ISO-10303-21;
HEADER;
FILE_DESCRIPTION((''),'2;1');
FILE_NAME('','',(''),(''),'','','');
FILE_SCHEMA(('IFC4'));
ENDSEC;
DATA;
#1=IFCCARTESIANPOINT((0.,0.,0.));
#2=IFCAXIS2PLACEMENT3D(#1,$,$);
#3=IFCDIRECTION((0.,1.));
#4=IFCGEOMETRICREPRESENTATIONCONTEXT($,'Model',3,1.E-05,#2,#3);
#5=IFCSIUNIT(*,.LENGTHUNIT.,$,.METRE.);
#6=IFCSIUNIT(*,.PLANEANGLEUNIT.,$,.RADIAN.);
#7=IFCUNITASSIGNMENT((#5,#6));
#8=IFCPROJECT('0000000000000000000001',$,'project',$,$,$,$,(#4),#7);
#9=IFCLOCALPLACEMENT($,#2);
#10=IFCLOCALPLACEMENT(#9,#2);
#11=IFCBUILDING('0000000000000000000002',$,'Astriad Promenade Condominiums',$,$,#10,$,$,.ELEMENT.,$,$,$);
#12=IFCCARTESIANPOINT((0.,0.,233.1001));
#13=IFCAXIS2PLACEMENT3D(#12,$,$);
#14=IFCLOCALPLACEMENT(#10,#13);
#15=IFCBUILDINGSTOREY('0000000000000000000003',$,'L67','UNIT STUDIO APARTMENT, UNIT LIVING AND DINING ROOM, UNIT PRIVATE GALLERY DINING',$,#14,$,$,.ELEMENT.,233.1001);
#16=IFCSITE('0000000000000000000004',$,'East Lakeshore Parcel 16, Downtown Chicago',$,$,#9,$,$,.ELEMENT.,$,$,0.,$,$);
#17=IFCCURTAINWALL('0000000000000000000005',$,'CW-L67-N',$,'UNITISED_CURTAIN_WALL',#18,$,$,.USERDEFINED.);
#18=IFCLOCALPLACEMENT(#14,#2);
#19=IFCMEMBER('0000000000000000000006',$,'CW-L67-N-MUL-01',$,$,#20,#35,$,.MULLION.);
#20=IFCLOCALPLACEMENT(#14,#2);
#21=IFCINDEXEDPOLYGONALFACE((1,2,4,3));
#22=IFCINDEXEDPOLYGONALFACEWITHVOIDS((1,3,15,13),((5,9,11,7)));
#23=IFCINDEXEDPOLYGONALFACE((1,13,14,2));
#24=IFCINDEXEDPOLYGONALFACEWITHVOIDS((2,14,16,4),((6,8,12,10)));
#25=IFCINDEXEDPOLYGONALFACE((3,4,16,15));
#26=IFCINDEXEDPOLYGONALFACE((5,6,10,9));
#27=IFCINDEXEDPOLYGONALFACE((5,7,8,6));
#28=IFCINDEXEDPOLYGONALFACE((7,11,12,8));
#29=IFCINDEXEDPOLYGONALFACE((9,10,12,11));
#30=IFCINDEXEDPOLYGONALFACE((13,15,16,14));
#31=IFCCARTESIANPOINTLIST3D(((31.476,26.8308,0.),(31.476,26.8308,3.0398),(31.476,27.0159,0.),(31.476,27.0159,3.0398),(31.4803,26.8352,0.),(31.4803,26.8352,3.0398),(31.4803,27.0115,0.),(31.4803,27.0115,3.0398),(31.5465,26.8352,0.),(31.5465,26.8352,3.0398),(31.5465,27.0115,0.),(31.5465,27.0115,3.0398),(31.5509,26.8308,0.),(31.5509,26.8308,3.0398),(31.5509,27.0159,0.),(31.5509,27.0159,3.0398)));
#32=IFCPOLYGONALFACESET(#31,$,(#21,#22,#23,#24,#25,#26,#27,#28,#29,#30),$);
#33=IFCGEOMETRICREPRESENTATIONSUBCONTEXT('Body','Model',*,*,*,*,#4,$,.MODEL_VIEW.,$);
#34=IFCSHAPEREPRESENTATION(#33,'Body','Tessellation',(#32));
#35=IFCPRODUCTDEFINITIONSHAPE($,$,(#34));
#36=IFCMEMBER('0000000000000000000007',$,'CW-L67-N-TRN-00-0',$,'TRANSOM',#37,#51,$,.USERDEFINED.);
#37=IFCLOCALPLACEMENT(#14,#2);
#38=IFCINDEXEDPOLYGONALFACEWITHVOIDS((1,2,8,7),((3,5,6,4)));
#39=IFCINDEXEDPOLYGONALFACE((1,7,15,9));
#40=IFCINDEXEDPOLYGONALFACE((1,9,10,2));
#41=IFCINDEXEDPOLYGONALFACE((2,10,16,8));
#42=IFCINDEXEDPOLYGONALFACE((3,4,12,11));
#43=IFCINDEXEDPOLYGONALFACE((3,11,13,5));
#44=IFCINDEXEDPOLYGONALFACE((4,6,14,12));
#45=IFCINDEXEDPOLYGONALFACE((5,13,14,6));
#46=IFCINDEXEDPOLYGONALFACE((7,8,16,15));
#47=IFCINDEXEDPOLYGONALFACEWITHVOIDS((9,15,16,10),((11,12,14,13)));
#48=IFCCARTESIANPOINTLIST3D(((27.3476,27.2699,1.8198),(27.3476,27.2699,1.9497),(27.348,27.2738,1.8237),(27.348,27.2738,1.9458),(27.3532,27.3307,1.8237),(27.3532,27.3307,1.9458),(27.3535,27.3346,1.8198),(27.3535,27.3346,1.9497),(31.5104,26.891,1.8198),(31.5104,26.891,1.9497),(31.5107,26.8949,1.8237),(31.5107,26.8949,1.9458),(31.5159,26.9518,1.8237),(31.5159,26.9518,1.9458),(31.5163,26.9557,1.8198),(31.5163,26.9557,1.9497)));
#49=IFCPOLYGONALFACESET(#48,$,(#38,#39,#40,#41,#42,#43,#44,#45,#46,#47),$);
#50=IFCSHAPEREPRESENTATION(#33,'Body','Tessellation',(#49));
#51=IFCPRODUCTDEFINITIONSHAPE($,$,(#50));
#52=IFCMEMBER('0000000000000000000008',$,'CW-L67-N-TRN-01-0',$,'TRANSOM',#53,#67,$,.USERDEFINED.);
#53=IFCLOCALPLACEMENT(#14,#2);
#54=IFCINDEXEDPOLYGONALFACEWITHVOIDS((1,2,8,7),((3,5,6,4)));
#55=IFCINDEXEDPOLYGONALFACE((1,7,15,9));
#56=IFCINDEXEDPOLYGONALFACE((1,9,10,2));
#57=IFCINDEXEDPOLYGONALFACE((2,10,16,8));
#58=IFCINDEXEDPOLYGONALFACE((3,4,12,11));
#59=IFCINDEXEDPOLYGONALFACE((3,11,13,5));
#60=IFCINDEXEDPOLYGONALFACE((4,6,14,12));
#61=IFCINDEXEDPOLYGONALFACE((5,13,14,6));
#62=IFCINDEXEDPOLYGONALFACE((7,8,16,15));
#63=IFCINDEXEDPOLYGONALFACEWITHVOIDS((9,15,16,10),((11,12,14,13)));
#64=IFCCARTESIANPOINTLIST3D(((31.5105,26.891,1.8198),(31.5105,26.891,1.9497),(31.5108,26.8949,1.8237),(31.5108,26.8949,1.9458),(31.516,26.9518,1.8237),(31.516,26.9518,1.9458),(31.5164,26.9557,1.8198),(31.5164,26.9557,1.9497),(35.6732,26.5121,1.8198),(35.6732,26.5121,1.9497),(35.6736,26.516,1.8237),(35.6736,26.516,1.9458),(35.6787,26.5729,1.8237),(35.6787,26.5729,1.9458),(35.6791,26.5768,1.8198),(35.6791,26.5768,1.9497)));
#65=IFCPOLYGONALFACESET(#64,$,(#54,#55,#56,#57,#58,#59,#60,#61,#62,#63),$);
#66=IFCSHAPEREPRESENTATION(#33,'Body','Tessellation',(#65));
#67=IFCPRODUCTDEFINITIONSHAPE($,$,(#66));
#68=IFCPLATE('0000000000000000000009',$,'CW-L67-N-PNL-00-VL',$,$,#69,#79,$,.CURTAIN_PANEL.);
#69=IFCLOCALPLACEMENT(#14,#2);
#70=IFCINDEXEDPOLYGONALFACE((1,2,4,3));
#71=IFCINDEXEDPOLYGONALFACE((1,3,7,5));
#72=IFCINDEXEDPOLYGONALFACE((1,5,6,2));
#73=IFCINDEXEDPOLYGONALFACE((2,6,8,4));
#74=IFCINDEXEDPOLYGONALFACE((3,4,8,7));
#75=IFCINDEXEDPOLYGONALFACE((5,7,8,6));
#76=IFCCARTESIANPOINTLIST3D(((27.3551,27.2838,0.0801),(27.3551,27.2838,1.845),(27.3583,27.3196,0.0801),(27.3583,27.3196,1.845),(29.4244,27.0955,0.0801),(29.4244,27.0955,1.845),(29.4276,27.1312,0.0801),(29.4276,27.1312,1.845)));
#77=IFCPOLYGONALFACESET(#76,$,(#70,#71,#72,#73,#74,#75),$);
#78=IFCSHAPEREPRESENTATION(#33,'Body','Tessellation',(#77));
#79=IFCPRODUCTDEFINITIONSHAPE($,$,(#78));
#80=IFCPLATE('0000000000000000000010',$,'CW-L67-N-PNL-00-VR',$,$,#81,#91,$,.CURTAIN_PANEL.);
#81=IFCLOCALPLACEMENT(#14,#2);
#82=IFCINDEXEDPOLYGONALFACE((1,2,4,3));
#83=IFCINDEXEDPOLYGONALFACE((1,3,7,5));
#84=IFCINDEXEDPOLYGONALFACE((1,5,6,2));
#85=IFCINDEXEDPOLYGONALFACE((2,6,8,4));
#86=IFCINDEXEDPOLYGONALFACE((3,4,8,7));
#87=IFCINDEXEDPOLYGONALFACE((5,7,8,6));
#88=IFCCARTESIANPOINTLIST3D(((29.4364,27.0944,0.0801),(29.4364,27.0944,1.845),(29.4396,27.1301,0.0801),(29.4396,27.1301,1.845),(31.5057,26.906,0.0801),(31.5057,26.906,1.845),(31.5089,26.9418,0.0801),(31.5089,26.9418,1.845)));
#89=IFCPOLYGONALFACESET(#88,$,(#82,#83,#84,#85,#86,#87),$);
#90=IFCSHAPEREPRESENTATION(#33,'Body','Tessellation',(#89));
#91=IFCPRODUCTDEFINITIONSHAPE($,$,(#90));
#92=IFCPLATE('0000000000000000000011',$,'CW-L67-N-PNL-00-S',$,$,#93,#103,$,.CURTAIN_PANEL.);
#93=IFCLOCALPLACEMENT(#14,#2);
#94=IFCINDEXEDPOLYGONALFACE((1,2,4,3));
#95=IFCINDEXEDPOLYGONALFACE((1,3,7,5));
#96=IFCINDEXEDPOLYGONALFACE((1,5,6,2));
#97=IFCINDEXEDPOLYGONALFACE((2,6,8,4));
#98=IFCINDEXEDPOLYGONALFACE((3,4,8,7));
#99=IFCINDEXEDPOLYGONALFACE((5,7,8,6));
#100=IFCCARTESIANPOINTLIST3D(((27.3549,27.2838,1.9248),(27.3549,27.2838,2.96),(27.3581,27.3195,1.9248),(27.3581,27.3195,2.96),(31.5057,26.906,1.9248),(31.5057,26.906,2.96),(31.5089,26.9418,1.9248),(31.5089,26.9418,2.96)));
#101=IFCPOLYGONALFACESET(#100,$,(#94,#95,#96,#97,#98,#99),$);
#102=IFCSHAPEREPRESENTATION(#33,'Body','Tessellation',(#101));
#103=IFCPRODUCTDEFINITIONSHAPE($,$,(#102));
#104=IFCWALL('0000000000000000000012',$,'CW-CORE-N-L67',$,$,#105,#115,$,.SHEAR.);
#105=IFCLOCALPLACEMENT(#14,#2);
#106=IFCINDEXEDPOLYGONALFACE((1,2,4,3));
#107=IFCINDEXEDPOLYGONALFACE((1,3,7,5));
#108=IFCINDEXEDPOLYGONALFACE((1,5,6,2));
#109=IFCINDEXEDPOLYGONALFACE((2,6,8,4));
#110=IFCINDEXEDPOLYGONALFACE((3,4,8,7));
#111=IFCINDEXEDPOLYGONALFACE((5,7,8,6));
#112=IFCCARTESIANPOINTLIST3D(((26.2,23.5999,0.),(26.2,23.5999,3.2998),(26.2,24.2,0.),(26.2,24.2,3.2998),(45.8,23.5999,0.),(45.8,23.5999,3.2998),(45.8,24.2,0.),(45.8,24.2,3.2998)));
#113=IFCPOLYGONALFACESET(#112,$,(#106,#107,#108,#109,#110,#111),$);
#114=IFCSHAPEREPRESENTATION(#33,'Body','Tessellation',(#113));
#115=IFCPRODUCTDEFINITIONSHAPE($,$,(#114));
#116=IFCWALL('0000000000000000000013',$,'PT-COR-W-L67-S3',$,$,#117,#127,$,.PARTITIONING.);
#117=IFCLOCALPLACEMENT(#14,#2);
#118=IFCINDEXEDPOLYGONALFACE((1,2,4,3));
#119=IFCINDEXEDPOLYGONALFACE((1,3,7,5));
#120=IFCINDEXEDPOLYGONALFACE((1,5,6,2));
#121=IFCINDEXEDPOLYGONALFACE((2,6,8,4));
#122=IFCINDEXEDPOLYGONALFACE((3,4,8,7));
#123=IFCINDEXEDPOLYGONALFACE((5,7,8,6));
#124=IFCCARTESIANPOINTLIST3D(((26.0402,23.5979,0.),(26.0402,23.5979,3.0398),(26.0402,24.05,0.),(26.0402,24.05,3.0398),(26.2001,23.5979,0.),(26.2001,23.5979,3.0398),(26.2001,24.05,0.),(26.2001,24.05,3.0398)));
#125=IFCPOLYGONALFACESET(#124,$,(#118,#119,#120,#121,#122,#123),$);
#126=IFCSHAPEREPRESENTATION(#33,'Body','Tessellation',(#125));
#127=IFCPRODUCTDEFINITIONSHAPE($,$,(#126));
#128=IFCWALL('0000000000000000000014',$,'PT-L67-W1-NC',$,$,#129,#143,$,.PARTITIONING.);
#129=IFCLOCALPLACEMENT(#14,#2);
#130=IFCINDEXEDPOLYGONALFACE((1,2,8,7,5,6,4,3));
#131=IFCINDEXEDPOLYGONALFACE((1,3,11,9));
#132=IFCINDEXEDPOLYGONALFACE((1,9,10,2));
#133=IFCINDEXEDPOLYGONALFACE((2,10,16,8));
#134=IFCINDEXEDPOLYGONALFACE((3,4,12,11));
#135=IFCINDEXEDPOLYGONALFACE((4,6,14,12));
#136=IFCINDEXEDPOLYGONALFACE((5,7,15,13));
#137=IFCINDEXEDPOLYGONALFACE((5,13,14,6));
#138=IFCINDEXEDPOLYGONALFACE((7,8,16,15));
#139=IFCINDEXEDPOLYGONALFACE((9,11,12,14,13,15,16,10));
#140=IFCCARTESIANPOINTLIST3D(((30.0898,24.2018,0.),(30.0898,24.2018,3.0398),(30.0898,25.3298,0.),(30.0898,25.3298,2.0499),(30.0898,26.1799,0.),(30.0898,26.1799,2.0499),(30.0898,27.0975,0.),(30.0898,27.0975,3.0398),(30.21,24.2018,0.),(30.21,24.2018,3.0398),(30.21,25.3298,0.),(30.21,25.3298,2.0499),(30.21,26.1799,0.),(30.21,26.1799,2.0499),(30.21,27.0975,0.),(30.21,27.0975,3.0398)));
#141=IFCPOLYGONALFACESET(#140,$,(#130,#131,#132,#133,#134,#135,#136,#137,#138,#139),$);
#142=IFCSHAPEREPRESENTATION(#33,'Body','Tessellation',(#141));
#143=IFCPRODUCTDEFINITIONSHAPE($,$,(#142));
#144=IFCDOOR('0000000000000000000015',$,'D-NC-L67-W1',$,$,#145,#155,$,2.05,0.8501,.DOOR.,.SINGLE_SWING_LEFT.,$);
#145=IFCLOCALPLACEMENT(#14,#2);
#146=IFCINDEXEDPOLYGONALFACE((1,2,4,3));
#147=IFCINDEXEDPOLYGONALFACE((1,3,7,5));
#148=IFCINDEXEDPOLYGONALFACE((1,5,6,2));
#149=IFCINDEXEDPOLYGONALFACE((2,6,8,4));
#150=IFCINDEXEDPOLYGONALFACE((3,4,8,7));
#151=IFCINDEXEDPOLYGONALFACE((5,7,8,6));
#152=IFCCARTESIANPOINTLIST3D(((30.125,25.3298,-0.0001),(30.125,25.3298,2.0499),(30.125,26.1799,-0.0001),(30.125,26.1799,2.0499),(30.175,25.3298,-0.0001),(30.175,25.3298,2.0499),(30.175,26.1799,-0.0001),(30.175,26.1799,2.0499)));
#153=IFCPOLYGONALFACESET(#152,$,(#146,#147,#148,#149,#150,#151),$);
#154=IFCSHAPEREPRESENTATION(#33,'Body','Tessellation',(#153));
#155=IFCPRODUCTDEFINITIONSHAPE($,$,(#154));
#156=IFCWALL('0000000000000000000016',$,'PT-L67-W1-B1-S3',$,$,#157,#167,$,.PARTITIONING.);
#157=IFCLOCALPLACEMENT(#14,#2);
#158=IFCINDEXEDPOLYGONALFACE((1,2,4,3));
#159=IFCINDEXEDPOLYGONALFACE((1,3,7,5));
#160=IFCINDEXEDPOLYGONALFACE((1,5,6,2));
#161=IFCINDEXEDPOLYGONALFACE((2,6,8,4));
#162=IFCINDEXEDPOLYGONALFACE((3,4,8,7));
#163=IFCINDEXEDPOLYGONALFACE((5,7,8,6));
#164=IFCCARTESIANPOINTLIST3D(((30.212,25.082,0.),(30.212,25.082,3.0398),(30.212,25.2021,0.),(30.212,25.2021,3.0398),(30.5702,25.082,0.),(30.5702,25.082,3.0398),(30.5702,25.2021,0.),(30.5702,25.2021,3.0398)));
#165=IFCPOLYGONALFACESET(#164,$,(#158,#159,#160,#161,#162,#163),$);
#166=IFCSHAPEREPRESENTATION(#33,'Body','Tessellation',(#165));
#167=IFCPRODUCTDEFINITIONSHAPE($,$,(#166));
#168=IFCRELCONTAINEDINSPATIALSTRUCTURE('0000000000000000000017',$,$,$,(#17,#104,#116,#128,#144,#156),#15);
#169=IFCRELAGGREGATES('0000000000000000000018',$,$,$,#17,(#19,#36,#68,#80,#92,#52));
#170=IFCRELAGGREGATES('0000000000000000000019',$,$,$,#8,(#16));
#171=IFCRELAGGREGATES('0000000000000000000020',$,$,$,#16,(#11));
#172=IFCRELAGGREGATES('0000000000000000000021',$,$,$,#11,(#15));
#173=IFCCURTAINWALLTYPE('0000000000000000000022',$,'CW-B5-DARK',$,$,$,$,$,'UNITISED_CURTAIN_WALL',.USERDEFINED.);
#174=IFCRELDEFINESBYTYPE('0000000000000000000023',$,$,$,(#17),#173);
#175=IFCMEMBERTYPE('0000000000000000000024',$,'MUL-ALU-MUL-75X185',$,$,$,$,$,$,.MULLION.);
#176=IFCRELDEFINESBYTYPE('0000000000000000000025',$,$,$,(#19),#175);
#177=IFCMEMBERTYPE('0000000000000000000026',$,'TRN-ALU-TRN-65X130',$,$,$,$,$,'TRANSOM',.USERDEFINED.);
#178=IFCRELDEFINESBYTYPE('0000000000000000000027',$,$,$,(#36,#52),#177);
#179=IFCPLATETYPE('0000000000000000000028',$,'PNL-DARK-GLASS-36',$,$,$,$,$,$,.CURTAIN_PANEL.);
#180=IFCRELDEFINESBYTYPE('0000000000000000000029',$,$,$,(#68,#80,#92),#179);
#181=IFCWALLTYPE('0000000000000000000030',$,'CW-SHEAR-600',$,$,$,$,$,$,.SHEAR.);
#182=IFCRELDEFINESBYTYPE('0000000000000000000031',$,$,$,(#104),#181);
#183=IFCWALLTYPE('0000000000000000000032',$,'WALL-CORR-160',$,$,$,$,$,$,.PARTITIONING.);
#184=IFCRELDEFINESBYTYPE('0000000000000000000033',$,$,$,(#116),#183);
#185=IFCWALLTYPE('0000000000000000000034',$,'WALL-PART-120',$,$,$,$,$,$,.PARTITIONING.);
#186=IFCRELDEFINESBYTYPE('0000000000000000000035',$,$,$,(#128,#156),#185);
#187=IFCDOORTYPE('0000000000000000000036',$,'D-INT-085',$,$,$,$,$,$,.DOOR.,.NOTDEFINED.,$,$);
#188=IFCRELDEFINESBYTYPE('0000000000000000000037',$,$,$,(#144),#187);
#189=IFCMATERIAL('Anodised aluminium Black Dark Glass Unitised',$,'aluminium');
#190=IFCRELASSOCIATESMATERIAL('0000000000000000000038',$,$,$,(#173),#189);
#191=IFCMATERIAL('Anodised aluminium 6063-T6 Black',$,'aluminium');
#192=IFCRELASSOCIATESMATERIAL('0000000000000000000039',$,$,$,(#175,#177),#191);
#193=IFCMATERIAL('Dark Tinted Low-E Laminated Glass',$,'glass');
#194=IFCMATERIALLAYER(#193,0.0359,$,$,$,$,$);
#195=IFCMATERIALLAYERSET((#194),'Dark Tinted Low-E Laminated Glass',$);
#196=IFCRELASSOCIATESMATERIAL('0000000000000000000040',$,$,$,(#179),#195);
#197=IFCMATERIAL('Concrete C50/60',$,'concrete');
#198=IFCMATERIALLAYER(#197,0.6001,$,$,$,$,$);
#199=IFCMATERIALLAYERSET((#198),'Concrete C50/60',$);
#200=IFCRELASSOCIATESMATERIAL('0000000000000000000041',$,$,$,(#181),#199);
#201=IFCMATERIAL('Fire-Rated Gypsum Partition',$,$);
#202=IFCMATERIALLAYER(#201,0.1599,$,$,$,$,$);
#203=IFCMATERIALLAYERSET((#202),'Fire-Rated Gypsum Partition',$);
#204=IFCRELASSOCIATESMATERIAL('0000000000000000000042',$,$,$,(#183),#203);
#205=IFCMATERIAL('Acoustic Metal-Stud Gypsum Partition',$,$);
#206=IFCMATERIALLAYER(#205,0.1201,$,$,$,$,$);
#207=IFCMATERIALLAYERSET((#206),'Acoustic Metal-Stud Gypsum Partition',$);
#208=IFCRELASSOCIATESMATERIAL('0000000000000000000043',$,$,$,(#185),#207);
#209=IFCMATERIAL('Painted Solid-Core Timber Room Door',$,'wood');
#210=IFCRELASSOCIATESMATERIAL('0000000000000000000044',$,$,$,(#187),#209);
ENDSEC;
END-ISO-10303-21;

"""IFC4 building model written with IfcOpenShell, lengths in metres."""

from ifc_helpers import new_model, si_unit, direction, frame, frame_2d, origin, origin_2d, place, context, subcontext, project, spatial, rectangle, hollow_rectangle, extrude, source, transform, mapped, material, layer, layer_set, material_profile, profile_set, type_object, type_shapes, element, fill, aggregate, save


model = new_model("IFC4")

# Units and contexts
model_context = context("Model", 3, precision=1e-05, world=origin(), true_north=direction((0.0, 1.0)))
body_context = subcontext(model_context, "Body", "Model", "MODEL_VIEW")
ifc_project = project(units=[si_unit("LENGTHUNIT", "METRE"), si_unit("PLANEANGLEUNIT", "RADIAN")], contexts=[model_context])

# Site, building, storey
site_placement = place(None, origin())
site = spatial("IfcSite", under=ifc_project, at=site_placement, Name="East Lakeshore Parcel 16, Downtown Chicago", CompositionType="ELEMENT", RefElevation=0.0)
building_placement = place(site_placement, origin())
building = spatial("IfcBuilding", under=site, at=building_placement, Name="Astriad Promenade Condominiums", CompositionType="ELEMENT")
storey_placement = place(building_placement, frame((0.0, 0.0, 233.1001)))
storey = spatial("IfcBuildingStorey", under=building, at=storey_placement, Name="L67", Description="UNIT STUDIO APARTMENT, UNIT LIVING AND DINING ROOM, UNIT PRIVATE GALLERY DINING", CompositionType="ELEMENT", Elevation=233.1001)

# Shared definitions
ifc_material_1 = material(Name="Concrete C50/60", Category="concrete")

# Curtain wall, members, plates
ifc_material_2 = material(Name="Anodised aluminium Black Dark Glass Unitised", Category="aluminium")
curtain_wall_type = type_object("IfcCurtainWallType", Name="CW-B5-DARK", ElementType="UNITISED_CURTAIN_WALL", PredefinedType="USERDEFINED", material=ifc_material_2)
curtain_wall_placement = place(storey_placement, origin())
curtain_wall = element("IfcCurtainWall", 1, at=curtain_wall_placement, inside=storey, type_object=curtain_wall_type, Name="CW-L67-N", ObjectType="UNITISED_CURTAIN_WALL", PredefinedType="USERDEFINED")
ifc_material_3 = material(Name="Anodised aluminium 6063-T6 Black", Category="aluminium")
ifc_material_profile_1 = material_profile(ifc_material_3, hollow_rectangle(XDim=0.075, YDim=0.1851, WallThickness=0.0044, at=origin_2d()), Name="ALU-MUL-75X185")
ifc_profile_set_1 = profile_set([ifc_material_profile_1], Name="Anodised aluminium 6063-T6 Black")
member_type_1 = type_object("IfcMemberType", Name="MUL-ALU-MUL-75X185", PredefinedType="MULLION", material=ifc_profile_set_1)
shared_shape_1 = source(origin(), body_context, "Body", "SweptSolid", [
    extrude(hollow_rectangle(XDim=0.075, YDim=0.1851, WallThickness=0.0044, at=origin_2d()), origin(), (0.0, 0.0, 1.0), 3.0398),
])
type_shapes(member_type_1, [shared_shape_1])
member_1_placement = place(storey_placement, frame((31.5134, 26.9233, 0.0), z_axis=(0.0, 0.0, 1.0), x_axis=(1.0, 0.0, 0.0)))
member_1 = element("IfcMember", 2, at=member_1_placement, type_object=member_type_1, Name="CW-L67-N-MUL-01", PredefinedType="MULLION", context=body_context, shape_type="MappedRepresentation", body=[
    mapped(shared_shape_1, transform((0.0, 0.0, 0.0), scale=1.0)),
])
ifc_material_profile_2 = material_profile(ifc_material_3, hollow_rectangle(XDim=0.0649, YDim=0.1299, WallThickness=0.0039, at=origin_2d()), Name="ALU-TRN-65X130")
ifc_profile_set_2 = profile_set([ifc_material_profile_2], Name="Anodised aluminium 6063-T6 Black")
member_type_2 = type_object("IfcMemberType", Name="TRN-ALU-TRN-65X130", ElementType="TRANSOM", PredefinedType="USERDEFINED", material=ifc_profile_set_2)
shared_shape_2 = source(origin(), body_context, "Body", "SweptSolid", [
    extrude(hollow_rectangle(XDim=0.0649, YDim=0.1299, WallThickness=0.0039, at=origin_2d()), origin(), (0.0, 0.0, 1.0), 4.1799),
])
type_shapes(member_type_2, [shared_shape_2])
member_2_placement = place(storey_placement, frame((27.3506, 27.3022, 1.8848), z_axis=(0.995883, -0.090646, 0.0), x_axis=(0.090646, 0.995883, 0.0)))
member_2 = element("IfcMember", 3, at=member_2_placement, type_object=member_type_2, Name="CW-L67-N-TRN-00-0", ObjectType="TRANSOM", PredefinedType="USERDEFINED", context=body_context, shape_type="MappedRepresentation", body=[
    mapped(shared_shape_2, transform((0.0, 0.0, 0.0), scale=1.0)),
])
member_3_placement = place(storey_placement, frame((31.5134, 26.9233, 1.8848), z_axis=(0.995883, -0.090646, 0.0), x_axis=(0.090646, 0.995883, 0.0)))
member_3 = element("IfcMember", 4, at=member_3_placement, type_object=member_type_2, Name="CW-L67-N-TRN-01-0", ObjectType="TRANSOM", PredefinedType="USERDEFINED", context=body_context, shape_type="MappedRepresentation", body=[
    mapped(shared_shape_2, transform((0.0, 0.0, 0.0), scale=1.0)),
])
ifc_material_4 = material(Name="Dark Tinted Low-E Laminated Glass", Category="glass")
ifc_layer_1 = layer(ifc_material_4, 0.0359)
ifc_layer_set_1 = layer_set([ifc_layer_1], Name="Dark Tinted Low-E Laminated Glass")
plate_type = type_object("IfcPlateType", Name="PNL-DARK-GLASS-36", PredefinedType="CURTAIN_PANEL", material=ifc_layer_set_1)
shared_shape_3 = source(origin(), body_context, "Body", "SweptSolid", [
    extrude(rectangle(XDim=2.0779, YDim=0.0359, at=origin_2d()), origin(), (0.0, 0.0, 1.0), 1.7649),
])
plate_1_placement = place(storey_placement, frame((28.3914, 27.2075, 0.0801), z_axis=(0.0, 0.0, 1.0), x_axis=(0.995884, -0.090633, 0.0)))
plate_1 = element("IfcPlate", 5, at=plate_1_placement, type_object=plate_type, Name="CW-L67-N-PNL-00-VL", PredefinedType="CURTAIN_PANEL", context=body_context, shape_type="MappedRepresentation", body=[
    mapped(shared_shape_3, transform((0.0, 0.0, 0.0), scale=1.0)),
])
plate_2_placement = place(storey_placement, frame((30.4727, 27.0181, 0.0801), z_axis=(0.0, 0.0, 1.0), x_axis=(0.995884, -0.090633, 0.0)))
plate_2 = element("IfcPlate", 6, at=plate_2_placement, type_object=plate_type, Name="CW-L67-N-PNL-00-VR", PredefinedType="CURTAIN_PANEL", context=body_context, shape_type="MappedRepresentation", body=[
    mapped(shared_shape_3, transform((0.0, 0.0, 0.0), scale=1.0)),
])
shared_shape_4 = source(origin(), body_context, "Body", "SweptSolid", [
    extrude(rectangle(XDim=4.168, YDim=0.0359, at=origin_2d()), origin(), (0.0, 0.0, 1.0), 1.0352),
])
type_shapes(plate_type, [shared_shape_3, shared_shape_4])
plate_3_placement = place(storey_placement, frame((29.4319, 27.1128, 1.9248), z_axis=(0.0, 0.0, 1.0), x_axis=(0.995884, -0.090633, 0.0)))
plate_3 = element("IfcPlate", 7, at=plate_3_placement, type_object=plate_type, Name="CW-L67-N-PNL-00-S", PredefinedType="CURTAIN_PANEL", context=body_context, shape_type="MappedRepresentation", body=[
    mapped(shared_shape_4, transform((0.0, 0.0, 0.0), scale=1.0)),
])
aggregate(curtain_wall, [member_1, member_2, plate_1, plate_2, plate_3, member_3])

# Walls
ifc_layer_2 = layer(ifc_material_1, 0.6001)
ifc_layer_set_2 = layer_set([ifc_layer_2], Name="Concrete C50/60")
wall_type_1 = type_object("IfcWallType", Name="CW-SHEAR-600", PredefinedType="SHEAR", material=ifc_layer_set_2)
wall_1_placement = place(storey_placement, frame((26.2, 23.8999, 0.0), z_axis=(0.0, 0.0, 1.0), x_axis=(1.0, 0.0, 0.0)))
element("IfcWall", 8, at=wall_1_placement, inside=storey, type_object=wall_type_1, Name="CW-CORE-N-L67", PredefinedType="SHEAR", context=body_context, shape_type="SweptSolid", body=[
    extrude(rectangle(XDim=19.6001, YDim=0.6001, at=frame_2d((9.8, 0.0))), origin(), (0.0, 0.0, 1.0), 3.2998),
])
ifc_material_5 = material(Name="Fire-Rated Gypsum Partition")
ifc_layer_3 = layer(ifc_material_5, 0.1599)
ifc_layer_set_3 = layer_set([ifc_layer_3], Name="Fire-Rated Gypsum Partition")
wall_type_2 = type_object("IfcWallType", Name="WALL-CORR-160", PredefinedType="PARTITIONING", material=ifc_layer_set_3)
wall_2_placement = place(storey_placement, frame((26.1201, 23.5979, 0.0), z_axis=(0.0, 0.0, 1.0), x_axis=(0.0, 1.0, 0.0)))
element("IfcWall", 9, at=wall_2_placement, inside=storey, type_object=wall_type_2, Name="PT-COR-W-L67-S3", PredefinedType="PARTITIONING", context=body_context, shape_type="SweptSolid", body=[
    extrude(rectangle(XDim=0.4521, YDim=0.1599, at=frame_2d((0.2261, 0.0))), origin(), (0.0, 0.0, 1.0), 3.0398),
])

# Wall, opening, door
ifc_material_6 = material(Name="Acoustic Metal-Stud Gypsum Partition")
ifc_layer_4 = layer(ifc_material_6, 0.1201)
ifc_layer_set_4 = layer_set([ifc_layer_4], Name="Acoustic Metal-Stud Gypsum Partition")
wall_type_3 = type_object("IfcWallType", Name="WALL-PART-120", PredefinedType="PARTITIONING", material=ifc_layer_set_4)
wall_3_placement = place(storey_placement, frame((30.1499, 24.2019, 0.0), z_axis=(0.0, 0.0, 1.0), x_axis=(0.0, 1.0, 0.0)))
wall_3 = element("IfcWall", 10, at=wall_3_placement, inside=storey, type_object=wall_type_3, Name="PT-L67-W1-NC", PredefinedType="PARTITIONING", context=body_context, shape_type="SweptSolid", body=[
    extrude(rectangle(XDim=2.8958, YDim=0.1201, at=frame_2d((1.4478, 0.0))), origin(), (0.0, 0.0, 1.0), 3.0398),
])
opening_placement = place(wall_3_placement, frame((1.1279, 0.0, 0.0)))
opening = element("IfcOpeningElement", 11, at=opening_placement, cuts=wall_3, PredefinedType="OPENING", context=body_context, shape_type="SweptSolid", body=[
    extrude(rectangle(XDim=0.8501, YDim=2.05, at=frame_2d((0.425, 1.0249))), frame((0.0, 0.0701, 0.0), z_axis=(0.0, -1.0, 0.0), x_axis=(1.0, 0.0, 0.0)), (0.0, 0.0, 1.0), 0.1401),
])
ifc_material_7 = material(Name="Painted Solid-Core Timber Room Door", Category="wood")
door_type = type_object("IfcDoorType", Name="D-INT-085", OperationType="NOTDEFINED", PredefinedType="DOOR", material=ifc_material_7)
shared_shape_5 = source(origin(), body_context, "Body", "SweptSolid", [
    extrude(rectangle(XDim=0.8501, YDim=2.05, at=frame_2d((0.425, 1.0249))), frame((0.0, 0.0249, 0.0), z_axis=(0.0, -1.0, 0.0), x_axis=(1.0, 0.0, 0.0)), (0.0, 0.0, 1.0), 0.05),
])
type_shapes(door_type, [shared_shape_5])
door_placement = place(opening_placement, origin())
door = element("IfcDoor", 12, at=door_placement, inside=storey, type_object=door_type, Name="D-NC-L67-W1", OperationType="SINGLE_SWING_LEFT", OverallHeight=2.05, OverallWidth=0.8501, PredefinedType="DOOR", context=body_context, shape_type="MappedRepresentation", body=[
    mapped(shared_shape_5, transform((0.0, 0.0, 0.0), scale=1.0)),
])
fill(opening, door)

# Wall
wall_4_placement = place(storey_placement, frame((30.2119, 25.1421, 0.0), z_axis=(0.0, 0.0, 1.0), x_axis=(1.0, 0.0, 0.0)))
element("IfcWall", 13, at=wall_4_placement, inside=storey, type_object=wall_type_3, Name="PT-L67-W1-B1-S3", PredefinedType="PARTITIONING", context=body_context, shape_type="SweptSolid", body=[
    extrude(rectangle(XDim=0.3582, YDim=0.1201, at=frame_2d((0.1792, 0.0))), origin(), (0.0, 0.0, 1.0), 3.0398),
])

save(model, "model.ifc")
